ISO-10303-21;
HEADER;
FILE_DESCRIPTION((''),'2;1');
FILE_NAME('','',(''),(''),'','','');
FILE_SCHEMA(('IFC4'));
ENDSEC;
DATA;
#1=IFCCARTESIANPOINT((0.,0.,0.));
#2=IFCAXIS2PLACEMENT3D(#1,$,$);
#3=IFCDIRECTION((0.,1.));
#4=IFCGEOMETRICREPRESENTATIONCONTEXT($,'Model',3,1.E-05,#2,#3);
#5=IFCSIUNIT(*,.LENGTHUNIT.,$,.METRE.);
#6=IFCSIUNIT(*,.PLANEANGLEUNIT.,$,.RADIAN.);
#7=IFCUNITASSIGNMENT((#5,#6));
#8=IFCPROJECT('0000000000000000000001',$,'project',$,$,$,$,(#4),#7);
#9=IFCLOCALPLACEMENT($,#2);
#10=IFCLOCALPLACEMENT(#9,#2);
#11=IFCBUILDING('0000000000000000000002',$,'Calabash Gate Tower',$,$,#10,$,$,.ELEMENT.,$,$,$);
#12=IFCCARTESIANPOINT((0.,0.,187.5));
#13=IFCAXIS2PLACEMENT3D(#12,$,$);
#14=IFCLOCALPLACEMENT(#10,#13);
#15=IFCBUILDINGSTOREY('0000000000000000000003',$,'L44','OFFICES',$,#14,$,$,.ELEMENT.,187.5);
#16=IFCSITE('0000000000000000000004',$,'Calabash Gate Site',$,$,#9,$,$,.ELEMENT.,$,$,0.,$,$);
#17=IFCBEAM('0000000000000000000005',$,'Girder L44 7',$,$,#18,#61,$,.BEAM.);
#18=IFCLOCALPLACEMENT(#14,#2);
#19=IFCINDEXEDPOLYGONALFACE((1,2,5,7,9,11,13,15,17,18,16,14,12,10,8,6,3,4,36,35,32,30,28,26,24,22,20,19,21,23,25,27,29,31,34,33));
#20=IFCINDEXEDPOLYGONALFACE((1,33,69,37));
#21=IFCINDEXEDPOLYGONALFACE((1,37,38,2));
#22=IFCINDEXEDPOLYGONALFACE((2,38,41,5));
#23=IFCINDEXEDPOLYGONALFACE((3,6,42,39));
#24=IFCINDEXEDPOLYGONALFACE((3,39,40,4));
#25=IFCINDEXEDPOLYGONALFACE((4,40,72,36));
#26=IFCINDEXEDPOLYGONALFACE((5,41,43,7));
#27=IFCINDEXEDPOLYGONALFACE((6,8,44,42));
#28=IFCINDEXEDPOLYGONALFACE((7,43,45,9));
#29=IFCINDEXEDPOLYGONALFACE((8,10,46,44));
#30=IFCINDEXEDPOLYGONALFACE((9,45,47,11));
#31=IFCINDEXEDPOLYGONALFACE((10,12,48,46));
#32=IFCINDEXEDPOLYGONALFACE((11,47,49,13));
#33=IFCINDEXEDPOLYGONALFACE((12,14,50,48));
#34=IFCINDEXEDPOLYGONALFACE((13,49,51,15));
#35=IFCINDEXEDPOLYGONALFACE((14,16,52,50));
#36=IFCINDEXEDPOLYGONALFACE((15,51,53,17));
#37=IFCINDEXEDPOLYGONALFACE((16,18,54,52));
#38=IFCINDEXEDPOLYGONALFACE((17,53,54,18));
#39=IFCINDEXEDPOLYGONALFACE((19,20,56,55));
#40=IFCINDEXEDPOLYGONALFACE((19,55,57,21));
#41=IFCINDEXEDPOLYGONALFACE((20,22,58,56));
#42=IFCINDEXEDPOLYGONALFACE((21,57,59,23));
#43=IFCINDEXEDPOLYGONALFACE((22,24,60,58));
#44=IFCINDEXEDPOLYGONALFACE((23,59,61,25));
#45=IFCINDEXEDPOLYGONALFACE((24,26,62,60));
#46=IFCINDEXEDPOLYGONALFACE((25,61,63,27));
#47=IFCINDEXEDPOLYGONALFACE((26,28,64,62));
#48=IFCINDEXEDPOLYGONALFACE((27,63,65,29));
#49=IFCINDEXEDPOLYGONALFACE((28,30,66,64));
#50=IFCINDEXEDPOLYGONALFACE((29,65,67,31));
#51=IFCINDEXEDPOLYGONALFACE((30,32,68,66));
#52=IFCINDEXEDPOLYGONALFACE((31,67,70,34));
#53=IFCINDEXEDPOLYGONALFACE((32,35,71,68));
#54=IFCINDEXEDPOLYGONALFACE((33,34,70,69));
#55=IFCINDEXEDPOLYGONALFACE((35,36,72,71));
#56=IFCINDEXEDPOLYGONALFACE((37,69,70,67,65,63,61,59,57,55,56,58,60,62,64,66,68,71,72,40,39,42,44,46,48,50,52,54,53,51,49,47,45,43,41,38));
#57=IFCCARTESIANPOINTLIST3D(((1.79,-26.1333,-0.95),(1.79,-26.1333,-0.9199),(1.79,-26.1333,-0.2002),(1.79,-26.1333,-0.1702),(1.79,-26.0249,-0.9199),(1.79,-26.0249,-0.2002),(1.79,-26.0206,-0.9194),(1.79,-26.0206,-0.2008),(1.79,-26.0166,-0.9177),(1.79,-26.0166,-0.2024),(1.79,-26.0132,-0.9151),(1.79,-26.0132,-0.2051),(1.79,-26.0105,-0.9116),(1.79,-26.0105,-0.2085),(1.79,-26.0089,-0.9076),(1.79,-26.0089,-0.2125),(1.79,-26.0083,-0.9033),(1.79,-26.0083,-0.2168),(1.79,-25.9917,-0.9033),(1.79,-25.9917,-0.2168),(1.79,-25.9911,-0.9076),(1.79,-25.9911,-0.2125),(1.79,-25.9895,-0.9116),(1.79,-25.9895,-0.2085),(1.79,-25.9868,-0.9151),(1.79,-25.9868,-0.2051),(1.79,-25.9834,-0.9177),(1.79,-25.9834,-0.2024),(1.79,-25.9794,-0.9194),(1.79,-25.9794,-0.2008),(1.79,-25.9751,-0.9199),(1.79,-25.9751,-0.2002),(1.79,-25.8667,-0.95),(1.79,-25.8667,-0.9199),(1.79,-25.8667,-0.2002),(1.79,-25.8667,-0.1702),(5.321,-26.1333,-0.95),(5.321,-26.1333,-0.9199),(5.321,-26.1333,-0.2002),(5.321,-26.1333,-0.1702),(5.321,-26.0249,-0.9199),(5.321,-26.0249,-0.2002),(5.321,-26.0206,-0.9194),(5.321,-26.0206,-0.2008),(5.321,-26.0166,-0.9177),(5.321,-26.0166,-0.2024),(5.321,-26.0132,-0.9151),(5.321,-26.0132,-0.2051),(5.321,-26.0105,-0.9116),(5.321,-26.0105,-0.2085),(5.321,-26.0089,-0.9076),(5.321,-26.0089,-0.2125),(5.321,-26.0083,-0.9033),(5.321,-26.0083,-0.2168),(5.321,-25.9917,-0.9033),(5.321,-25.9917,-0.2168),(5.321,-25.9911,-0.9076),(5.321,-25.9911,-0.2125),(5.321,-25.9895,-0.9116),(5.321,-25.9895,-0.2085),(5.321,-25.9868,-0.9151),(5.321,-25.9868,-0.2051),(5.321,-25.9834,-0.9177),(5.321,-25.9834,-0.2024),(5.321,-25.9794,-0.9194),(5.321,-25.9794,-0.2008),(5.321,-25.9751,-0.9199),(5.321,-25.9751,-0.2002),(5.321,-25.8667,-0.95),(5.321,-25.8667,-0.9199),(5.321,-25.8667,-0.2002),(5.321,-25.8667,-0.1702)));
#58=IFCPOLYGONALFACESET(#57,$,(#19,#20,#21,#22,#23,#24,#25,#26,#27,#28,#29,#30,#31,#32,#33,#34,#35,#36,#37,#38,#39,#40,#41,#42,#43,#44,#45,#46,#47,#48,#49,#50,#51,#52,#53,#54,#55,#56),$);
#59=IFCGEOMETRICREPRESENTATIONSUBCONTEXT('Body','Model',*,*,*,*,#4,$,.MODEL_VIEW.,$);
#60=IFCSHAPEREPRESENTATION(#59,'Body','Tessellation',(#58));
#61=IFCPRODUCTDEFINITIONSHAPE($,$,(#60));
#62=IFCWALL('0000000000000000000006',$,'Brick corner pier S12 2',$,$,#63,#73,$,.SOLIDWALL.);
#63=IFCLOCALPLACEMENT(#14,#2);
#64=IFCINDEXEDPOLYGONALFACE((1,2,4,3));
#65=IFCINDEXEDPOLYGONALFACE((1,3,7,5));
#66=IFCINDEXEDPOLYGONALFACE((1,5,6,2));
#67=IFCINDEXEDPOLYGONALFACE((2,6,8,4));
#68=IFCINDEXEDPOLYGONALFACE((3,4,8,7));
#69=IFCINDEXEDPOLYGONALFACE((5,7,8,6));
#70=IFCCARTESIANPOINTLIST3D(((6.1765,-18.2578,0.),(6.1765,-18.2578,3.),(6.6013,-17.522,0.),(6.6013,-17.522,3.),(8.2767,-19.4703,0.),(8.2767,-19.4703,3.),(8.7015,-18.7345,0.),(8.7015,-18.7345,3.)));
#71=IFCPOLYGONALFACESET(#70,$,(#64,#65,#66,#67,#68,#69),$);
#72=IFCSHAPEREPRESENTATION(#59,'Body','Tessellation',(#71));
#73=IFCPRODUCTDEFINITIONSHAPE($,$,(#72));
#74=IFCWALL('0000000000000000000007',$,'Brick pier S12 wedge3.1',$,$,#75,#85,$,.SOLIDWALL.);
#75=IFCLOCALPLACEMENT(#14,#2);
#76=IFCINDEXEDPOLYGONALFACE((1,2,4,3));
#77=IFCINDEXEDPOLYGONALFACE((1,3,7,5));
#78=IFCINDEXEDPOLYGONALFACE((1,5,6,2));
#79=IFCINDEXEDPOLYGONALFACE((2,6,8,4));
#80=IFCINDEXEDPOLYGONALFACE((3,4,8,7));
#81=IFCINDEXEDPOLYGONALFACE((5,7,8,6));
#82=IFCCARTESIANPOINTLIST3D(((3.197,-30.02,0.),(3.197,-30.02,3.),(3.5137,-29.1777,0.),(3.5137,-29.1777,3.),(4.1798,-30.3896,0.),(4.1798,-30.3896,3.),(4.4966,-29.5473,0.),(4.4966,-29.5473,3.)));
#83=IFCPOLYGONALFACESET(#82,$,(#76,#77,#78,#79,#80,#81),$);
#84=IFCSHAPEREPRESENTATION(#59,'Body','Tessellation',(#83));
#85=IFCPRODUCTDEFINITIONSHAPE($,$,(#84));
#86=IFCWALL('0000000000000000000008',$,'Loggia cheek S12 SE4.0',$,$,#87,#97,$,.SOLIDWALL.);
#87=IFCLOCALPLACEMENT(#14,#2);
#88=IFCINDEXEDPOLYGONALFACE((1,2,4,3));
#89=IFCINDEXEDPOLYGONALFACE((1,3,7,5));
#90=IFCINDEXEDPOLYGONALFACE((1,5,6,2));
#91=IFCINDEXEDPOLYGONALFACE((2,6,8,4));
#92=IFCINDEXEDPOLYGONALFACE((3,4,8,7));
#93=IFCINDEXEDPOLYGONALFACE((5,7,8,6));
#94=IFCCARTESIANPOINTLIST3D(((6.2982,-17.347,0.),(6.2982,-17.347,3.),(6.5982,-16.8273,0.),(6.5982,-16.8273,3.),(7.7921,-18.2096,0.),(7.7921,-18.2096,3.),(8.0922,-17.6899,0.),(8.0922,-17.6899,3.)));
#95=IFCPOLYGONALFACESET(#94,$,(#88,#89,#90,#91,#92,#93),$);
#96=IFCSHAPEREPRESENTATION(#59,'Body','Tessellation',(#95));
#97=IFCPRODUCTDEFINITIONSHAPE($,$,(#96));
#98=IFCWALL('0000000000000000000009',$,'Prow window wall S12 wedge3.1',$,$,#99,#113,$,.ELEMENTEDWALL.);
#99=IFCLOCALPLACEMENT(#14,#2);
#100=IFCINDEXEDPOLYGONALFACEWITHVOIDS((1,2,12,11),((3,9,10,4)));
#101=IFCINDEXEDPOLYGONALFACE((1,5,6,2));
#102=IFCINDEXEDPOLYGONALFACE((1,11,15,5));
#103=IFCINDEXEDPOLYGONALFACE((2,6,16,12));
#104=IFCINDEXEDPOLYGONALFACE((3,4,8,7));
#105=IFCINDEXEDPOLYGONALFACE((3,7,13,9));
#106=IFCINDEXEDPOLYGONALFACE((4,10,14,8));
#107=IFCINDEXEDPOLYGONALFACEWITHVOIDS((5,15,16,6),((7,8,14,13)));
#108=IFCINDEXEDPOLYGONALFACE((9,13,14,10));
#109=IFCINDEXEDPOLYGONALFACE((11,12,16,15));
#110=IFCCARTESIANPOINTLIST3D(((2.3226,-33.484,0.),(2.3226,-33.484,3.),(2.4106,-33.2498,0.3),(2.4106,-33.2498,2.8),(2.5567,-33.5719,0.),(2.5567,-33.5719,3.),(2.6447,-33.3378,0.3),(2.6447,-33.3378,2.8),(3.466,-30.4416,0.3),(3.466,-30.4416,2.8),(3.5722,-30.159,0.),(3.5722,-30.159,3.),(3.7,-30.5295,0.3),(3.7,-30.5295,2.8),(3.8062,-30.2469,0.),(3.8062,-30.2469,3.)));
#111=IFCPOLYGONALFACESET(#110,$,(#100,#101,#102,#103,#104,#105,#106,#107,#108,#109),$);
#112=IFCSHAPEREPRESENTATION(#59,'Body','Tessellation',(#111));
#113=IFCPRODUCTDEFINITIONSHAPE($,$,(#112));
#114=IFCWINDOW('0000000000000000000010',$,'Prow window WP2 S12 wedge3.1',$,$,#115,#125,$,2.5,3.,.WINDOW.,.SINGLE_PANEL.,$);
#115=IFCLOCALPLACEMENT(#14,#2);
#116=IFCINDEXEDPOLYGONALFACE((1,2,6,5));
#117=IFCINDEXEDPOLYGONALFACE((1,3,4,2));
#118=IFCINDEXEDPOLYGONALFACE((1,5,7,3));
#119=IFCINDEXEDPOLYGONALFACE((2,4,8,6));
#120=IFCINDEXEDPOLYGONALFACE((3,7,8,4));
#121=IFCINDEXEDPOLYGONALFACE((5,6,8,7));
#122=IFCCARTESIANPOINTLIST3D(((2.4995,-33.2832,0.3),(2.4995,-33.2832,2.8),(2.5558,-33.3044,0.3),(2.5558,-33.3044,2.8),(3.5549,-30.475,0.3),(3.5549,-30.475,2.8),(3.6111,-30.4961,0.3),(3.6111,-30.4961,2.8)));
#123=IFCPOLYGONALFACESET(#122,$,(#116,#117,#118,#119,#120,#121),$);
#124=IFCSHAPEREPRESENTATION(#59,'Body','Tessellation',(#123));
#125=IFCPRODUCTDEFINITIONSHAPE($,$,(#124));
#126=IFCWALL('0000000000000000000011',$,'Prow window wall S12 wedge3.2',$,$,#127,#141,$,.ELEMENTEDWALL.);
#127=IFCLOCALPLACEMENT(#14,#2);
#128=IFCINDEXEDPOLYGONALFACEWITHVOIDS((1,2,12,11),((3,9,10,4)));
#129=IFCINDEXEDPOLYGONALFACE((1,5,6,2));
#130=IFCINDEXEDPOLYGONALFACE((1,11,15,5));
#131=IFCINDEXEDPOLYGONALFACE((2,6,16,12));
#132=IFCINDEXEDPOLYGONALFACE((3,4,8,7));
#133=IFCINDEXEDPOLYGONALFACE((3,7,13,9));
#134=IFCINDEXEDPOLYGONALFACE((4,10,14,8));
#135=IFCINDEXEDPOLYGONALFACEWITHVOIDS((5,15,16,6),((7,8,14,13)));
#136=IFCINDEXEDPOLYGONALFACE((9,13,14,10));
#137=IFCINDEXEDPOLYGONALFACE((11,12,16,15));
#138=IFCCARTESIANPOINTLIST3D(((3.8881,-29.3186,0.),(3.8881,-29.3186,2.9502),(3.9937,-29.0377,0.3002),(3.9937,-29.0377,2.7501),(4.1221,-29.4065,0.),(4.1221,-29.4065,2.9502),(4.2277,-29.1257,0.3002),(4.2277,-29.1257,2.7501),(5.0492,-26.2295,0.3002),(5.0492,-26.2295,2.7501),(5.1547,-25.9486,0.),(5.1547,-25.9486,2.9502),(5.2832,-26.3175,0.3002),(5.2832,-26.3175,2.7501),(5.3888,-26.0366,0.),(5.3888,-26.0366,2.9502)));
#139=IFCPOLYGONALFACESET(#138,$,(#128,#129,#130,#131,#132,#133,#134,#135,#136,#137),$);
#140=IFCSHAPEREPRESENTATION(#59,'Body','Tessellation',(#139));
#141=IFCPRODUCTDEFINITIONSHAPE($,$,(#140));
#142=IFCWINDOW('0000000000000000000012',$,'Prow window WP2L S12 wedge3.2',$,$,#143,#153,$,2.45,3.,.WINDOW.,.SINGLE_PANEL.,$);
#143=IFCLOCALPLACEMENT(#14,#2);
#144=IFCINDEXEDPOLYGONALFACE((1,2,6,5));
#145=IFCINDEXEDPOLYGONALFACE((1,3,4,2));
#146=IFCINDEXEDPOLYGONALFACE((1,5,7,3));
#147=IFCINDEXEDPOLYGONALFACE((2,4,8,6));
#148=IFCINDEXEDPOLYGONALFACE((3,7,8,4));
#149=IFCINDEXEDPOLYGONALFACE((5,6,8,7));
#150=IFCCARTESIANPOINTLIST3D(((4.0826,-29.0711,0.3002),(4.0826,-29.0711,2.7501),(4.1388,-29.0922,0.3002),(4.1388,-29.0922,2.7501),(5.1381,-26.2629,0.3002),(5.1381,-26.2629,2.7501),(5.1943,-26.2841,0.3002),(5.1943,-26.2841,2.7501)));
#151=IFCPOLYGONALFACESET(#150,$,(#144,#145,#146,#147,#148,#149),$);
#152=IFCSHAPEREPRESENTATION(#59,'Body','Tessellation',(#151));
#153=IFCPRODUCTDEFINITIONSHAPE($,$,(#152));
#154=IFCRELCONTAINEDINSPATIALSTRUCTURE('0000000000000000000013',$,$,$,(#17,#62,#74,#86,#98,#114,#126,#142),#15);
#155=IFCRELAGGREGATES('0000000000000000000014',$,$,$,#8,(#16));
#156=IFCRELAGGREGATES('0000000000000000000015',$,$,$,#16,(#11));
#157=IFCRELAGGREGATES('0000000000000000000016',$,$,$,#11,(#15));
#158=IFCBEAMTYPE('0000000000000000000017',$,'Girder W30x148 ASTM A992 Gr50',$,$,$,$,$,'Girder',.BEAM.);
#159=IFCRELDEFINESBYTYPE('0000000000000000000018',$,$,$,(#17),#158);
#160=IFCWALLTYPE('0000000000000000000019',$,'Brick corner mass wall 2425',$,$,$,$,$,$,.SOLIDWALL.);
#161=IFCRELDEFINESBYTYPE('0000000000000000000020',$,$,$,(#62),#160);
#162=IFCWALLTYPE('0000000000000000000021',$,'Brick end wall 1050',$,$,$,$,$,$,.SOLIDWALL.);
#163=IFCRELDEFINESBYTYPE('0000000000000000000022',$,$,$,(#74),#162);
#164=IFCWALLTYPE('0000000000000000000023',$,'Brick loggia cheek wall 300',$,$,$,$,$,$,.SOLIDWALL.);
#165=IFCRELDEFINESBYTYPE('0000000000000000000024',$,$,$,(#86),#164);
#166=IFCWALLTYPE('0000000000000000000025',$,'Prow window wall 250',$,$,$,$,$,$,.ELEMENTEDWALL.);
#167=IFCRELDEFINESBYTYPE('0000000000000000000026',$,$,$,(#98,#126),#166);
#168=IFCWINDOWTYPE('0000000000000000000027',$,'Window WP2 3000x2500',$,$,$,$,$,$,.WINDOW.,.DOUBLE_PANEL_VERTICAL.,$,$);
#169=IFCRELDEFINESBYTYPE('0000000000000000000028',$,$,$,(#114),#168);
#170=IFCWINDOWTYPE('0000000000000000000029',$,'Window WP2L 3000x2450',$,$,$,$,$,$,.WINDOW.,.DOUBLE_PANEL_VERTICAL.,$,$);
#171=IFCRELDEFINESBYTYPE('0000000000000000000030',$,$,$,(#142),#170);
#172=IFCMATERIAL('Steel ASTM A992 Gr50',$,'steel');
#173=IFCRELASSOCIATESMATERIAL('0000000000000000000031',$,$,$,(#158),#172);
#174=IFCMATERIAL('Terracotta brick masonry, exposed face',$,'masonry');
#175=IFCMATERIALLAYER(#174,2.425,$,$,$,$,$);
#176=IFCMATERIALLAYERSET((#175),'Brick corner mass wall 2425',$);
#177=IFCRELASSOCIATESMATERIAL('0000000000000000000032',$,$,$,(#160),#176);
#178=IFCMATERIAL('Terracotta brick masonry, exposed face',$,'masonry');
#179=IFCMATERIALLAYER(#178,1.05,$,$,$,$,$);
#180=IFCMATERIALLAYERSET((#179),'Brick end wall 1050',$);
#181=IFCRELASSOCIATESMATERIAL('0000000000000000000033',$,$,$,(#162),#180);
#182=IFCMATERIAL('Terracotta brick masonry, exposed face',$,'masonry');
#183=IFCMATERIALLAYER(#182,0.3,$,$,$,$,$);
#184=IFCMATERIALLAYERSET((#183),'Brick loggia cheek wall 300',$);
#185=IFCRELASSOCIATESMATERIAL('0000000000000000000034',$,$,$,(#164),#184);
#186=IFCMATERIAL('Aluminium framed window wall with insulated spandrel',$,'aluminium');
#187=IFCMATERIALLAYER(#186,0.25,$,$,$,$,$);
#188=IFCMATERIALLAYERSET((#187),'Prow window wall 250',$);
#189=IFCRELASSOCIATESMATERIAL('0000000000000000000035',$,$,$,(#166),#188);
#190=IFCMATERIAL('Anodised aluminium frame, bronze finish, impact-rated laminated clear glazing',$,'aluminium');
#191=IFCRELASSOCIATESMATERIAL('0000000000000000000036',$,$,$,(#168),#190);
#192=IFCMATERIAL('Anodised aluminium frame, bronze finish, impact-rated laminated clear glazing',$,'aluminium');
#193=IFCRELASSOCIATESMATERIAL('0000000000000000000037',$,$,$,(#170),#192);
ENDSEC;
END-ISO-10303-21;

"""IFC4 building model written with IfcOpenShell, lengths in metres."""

from ifc_helpers import new_model, si_unit, direction, frame, frame_2d, origin, origin_2d, place, context, subcontext, project, spatial, rectangle, i_section, extrude, material, layer, layer_set, material_profile, profile_set, type_object, element, fill, save


model = new_model("IFC4")

# Units and contexts
model_context = context("Model", 3, precision=1e-05, world=origin(), true_north=direction((0.0, 1.0)))
body_context = subcontext(model_context, "Body", "Model", "MODEL_VIEW")
ifc_project = project(units=[si_unit("LENGTHUNIT", "METRE"), si_unit("PLANEANGLEUNIT", "RADIAN")], contexts=[model_context])

# Site, building, storey
site_placement = place(None, origin())
site = spatial("IfcSite", under=ifc_project, at=site_placement, Name="Calabash Gate Site", CompositionType="ELEMENT", RefElevation=0.0)
building_placement = place(site_placement, origin())
building = spatial("IfcBuilding", under=site, at=building_placement, Name="Calabash Gate Tower", CompositionType="ELEMENT")
storey_placement = place(building_placement, frame((0.0, 0.0, 187.5)))
storey = spatial("IfcBuildingStorey", under=building, at=storey_placement, Name="L44", Description="OFFICES", CompositionType="ELEMENT", Elevation=187.5)

# Beam
ifc_material_1 = material(Name="Steel ASTM A992 Gr50", Category="steel")
ifc_material_profile_1 = material_profile(ifc_material_1, i_section(OverallWidth=0.2666, OverallDepth=0.7798, WebThickness=0.0166, FlangeThickness=0.03, FilletRadius=0.0166, at=origin_2d()))
ifc_profile_set_1 = profile_set([ifc_material_profile_1], Name="Steel ASTM A992 Gr50")
beam_type_1 = type_object("IfcBeamType", Name="Girder W30x148 ASTM A992 Gr50", ElementType="Girder", PredefinedType="BEAM", material=ifc_profile_set_1)
beam_1_placement = place(storey_placement, frame((1.79, -26.0, -0.5601), z_axis=(1.0, 0.0, 0.0), x_axis=(0.0, 1.0, 0.0)))
element("IfcBeam", 1, at=beam_1_placement, inside=storey, type_object=beam_type_1, Name="Girder L44 7", PredefinedType="BEAM", context=body_context, shape_type="SweptSolid", body=[
    extrude(i_section(OverallWidth=0.2666, OverallDepth=0.7798, WebThickness=0.0166, FlangeThickness=0.03, FilletRadius=0.0166, at=origin_2d()), origin(), (0.0, 0.0, 1.0), 3.531),
])

# Walls
ifc_material_2 = material(Name="Terracotta brick masonry, exposed face", Category="masonry")
ifc_layer_1 = layer(ifc_material_2, 2.425)
ifc_layer_set_1 = layer_set([ifc_layer_1], Name="Brick corner mass wall 2425")
wall_type_1 = type_object("IfcWallType", Name="Brick corner mass wall 2425", PredefinedType="SOLIDWALL", material=ifc_layer_set_1)
wall_1_placement = place(storey_placement, frame((8.489, -19.1023, 0.0), z_axis=(0.0, 0.0, 1.0), x_axis=(-0.866041, 0.499972, 0.0)))
element("IfcWall", 2, at=wall_1_placement, inside=storey, type_object=wall_type_1, Name="Brick corner pier S12 2", PredefinedType="SOLIDWALL", context=body_context, shape_type="SweptSolid", body=[
    extrude(rectangle(XDim=2.425, YDim=0.8496, at=frame_2d((1.2124, 0.0))), origin(), (0.0, 0.0, 1.0), 3.0),
])
ifc_material_3 = material(Name="Terracotta brick masonry, exposed face", Category="masonry")
ifc_layer_2 = layer(ifc_material_3, 1.05)
ifc_layer_set_2 = layer_set([ifc_layer_2], Name="Brick end wall 1050")
wall_type_2 = type_object("IfcWallType", Name="Brick end wall 1050", PredefinedType="SOLIDWALL", material=ifc_layer_set_2)
wall_2_placement = place(storey_placement, frame((3.3555, -29.5989, 0.0), z_axis=(0.0, 0.0, 1.0), x_axis=(0.936004, -0.35199, 0.0)))
element("IfcWall", 3, at=wall_2_placement, inside=storey, type_object=wall_type_2, Name="Brick pier S12 wedge3.1", PredefinedType="SOLIDWALL", context=body_context, shape_type="SweptSolid", body=[
    extrude(rectangle(XDim=1.05, YDim=0.8999, at=frame_2d((0.5249, 0.0))), origin(), (0.0, 0.0, 1.0), 3.0),
])
ifc_material_4 = material(Name="Terracotta brick masonry, exposed face", Category="masonry")
ifc_layer_3 = layer(ifc_material_4, 0.3)
ifc_layer_set_3 = layer_set([ifc_layer_3], Name="Brick loggia cheek wall 300")
wall_type_3 = type_object("IfcWallType", Name="Brick loggia cheek wall 300", PredefinedType="SOLIDWALL", material=ifc_layer_set_3)
wall_3_placement = place(storey_placement, frame((7.9421, -17.9497, 0.0), z_axis=(0.0, 0.0, 1.0), x_axis=(-0.866014, 0.500021, 0.0)))
element("IfcWall", 4, at=wall_3_placement, inside=storey, type_object=wall_type_3, Name="Loggia cheek S12 SE4.0", PredefinedType="SOLIDWALL", context=body_context, shape_type="SweptSolid", body=[
    extrude(rectangle(XDim=1.7251, YDim=0.6001, at=frame_2d((0.8625, 0.0))), origin(), (0.0, 0.0, 1.0), 3.0),
])

# Walls, openings, windows
ifc_material_5 = material(Name="Aluminium framed window wall with insulated spandrel", Category="aluminium")
ifc_layer_4 = layer(ifc_material_5, 0.25)
ifc_layer_set_4 = layer_set([ifc_layer_4], Name="Prow window wall 250")
wall_type_4 = type_object("IfcWallType", Name="Prow window wall 250", PredefinedType="ELEMENTEDWALL", material=ifc_layer_set_4)
wall_4_placement = place(storey_placement, frame((2.4397, -33.5278, 0.0), z_axis=(0.0, 0.0, 1.0), x_axis=(0.351779, 0.936083, 0.0)))
wall_4 = element("IfcWall", 5, at=wall_4_placement, inside=storey, type_object=wall_type_4, Name="Prow window wall S12 wedge3.1", PredefinedType="ELEMENTEDWALL", context=body_context, shape_type="SweptSolid", body=[
    extrude(rectangle(XDim=3.552, YDim=0.25, at=frame_2d((1.7759, 0.0))), origin(), (0.0, 0.0, 1.0), 3.0),
])
opening_1_placement = place(wall_4_placement, frame((0.25, 0.0, 0.3)))
opening_1 = element("IfcOpeningElement", 6, at=opening_1_placement, cuts=wall_4, PredefinedType="OPENING", context=body_context, shape_type="SweptSolid", body=[
    extrude(rectangle(XDim=3.0, YDim=2.5, at=frame_2d((1.5, 1.25))), frame((0.0, 0.135, 0.0), z_axis=(0.0, -1.0, 0.0), x_axis=(1.0, 0.0, 0.0)), (0.0, 0.0, 1.0), 0.27),
])
ifc_material_6 = material(Name="Anodised aluminium frame, bronze finish, impact-rated laminated clear glazing", Category="aluminium")
window_type_1 = type_object("IfcWindowType", Name="Window WP2 3000x2500", PartitioningType="DOUBLE_PANEL_VERTICAL", PredefinedType="WINDOW", material=ifc_material_6)
window_1_placement = place(opening_1_placement, origin())
window_1 = element("IfcWindow", 7, at=window_1_placement, inside=storey, type_object=window_type_1, Name="Prow window WP2 S12 wedge3.1", OverallHeight=2.5, OverallWidth=3.0, PartitioningType="SINGLE_PANEL", PredefinedType="WINDOW", context=body_context, shape_type="SweptSolid", body=[
    extrude(rectangle(XDim=3.0, YDim=2.5, at=frame_2d((1.5, 1.25))), frame((0.0, 0.03, 0.0), z_axis=(0.0, -1.0, 0.0), x_axis=(1.0, 0.0, 0.0)), (0.0, 0.0, 1.0), 0.0601),
])
fill(opening_1, window_1)
wall_5_placement = place(storey_placement, frame((4.0051, -29.3625, 0.0), z_axis=(0.0, 0.0, 1.0), x_axis=(0.351829, 0.936064, 0.0)))
wall_5 = element("IfcWall", 8, at=wall_5_placement, inside=storey, type_object=wall_type_4, Name="Prow window wall S12 wedge3.2", PredefinedType="ELEMENTEDWALL", context=body_context, shape_type="SweptSolid", body=[
    extrude(rectangle(XDim=3.6001, YDim=0.25, at=frame_2d((1.8, 0.0))), origin(), (0.0, 0.0, 1.0), 2.9502),
])
opening_2_placement = place(wall_5_placement, frame((0.3, 0.0, 0.3)))
opening_2 = element("IfcOpeningElement", 9, at=opening_2_placement, cuts=wall_5, PredefinedType="OPENING", context=body_context, shape_type="SweptSolid", body=[
    extrude(rectangle(XDim=3.0, YDim=2.45, at=frame_2d((1.5, 1.2251))), frame((0.0, 0.135, 0.0), z_axis=(0.0, -1.0, 0.0), x_axis=(1.0, 0.0, 0.0)), (0.0, 0.0, 1.0), 0.27),
])
ifc_material_7 = material(Name="Anodised aluminium frame, bronze finish, impact-rated laminated clear glazing", Category="aluminium")
window_type_2 = type_object("IfcWindowType", Name="Window WP2L 3000x2450", PartitioningType="DOUBLE_PANEL_VERTICAL", PredefinedType="WINDOW", material=ifc_material_7)
window_2_placement = place(opening_2_placement, origin())
window_2 = element("IfcWindow", 10, at=window_2_placement, inside=storey, type_object=window_type_2, Name="Prow window WP2L S12 wedge3.2", OverallHeight=2.45, OverallWidth=3.0, PartitioningType="SINGLE_PANEL", PredefinedType="WINDOW", context=body_context, shape_type="SweptSolid", body=[
    extrude(rectangle(XDim=3.0, YDim=2.45, at=frame_2d((1.5, 1.2251))), frame((0.0, 0.03, 0.0), z_axis=(0.0, -1.0, 0.0), x_axis=(1.0, 0.0, 0.0)), (0.0, 0.0, 1.0), 0.0601),
])
fill(opening_2, window_2)

save(model, "model.ifc")
